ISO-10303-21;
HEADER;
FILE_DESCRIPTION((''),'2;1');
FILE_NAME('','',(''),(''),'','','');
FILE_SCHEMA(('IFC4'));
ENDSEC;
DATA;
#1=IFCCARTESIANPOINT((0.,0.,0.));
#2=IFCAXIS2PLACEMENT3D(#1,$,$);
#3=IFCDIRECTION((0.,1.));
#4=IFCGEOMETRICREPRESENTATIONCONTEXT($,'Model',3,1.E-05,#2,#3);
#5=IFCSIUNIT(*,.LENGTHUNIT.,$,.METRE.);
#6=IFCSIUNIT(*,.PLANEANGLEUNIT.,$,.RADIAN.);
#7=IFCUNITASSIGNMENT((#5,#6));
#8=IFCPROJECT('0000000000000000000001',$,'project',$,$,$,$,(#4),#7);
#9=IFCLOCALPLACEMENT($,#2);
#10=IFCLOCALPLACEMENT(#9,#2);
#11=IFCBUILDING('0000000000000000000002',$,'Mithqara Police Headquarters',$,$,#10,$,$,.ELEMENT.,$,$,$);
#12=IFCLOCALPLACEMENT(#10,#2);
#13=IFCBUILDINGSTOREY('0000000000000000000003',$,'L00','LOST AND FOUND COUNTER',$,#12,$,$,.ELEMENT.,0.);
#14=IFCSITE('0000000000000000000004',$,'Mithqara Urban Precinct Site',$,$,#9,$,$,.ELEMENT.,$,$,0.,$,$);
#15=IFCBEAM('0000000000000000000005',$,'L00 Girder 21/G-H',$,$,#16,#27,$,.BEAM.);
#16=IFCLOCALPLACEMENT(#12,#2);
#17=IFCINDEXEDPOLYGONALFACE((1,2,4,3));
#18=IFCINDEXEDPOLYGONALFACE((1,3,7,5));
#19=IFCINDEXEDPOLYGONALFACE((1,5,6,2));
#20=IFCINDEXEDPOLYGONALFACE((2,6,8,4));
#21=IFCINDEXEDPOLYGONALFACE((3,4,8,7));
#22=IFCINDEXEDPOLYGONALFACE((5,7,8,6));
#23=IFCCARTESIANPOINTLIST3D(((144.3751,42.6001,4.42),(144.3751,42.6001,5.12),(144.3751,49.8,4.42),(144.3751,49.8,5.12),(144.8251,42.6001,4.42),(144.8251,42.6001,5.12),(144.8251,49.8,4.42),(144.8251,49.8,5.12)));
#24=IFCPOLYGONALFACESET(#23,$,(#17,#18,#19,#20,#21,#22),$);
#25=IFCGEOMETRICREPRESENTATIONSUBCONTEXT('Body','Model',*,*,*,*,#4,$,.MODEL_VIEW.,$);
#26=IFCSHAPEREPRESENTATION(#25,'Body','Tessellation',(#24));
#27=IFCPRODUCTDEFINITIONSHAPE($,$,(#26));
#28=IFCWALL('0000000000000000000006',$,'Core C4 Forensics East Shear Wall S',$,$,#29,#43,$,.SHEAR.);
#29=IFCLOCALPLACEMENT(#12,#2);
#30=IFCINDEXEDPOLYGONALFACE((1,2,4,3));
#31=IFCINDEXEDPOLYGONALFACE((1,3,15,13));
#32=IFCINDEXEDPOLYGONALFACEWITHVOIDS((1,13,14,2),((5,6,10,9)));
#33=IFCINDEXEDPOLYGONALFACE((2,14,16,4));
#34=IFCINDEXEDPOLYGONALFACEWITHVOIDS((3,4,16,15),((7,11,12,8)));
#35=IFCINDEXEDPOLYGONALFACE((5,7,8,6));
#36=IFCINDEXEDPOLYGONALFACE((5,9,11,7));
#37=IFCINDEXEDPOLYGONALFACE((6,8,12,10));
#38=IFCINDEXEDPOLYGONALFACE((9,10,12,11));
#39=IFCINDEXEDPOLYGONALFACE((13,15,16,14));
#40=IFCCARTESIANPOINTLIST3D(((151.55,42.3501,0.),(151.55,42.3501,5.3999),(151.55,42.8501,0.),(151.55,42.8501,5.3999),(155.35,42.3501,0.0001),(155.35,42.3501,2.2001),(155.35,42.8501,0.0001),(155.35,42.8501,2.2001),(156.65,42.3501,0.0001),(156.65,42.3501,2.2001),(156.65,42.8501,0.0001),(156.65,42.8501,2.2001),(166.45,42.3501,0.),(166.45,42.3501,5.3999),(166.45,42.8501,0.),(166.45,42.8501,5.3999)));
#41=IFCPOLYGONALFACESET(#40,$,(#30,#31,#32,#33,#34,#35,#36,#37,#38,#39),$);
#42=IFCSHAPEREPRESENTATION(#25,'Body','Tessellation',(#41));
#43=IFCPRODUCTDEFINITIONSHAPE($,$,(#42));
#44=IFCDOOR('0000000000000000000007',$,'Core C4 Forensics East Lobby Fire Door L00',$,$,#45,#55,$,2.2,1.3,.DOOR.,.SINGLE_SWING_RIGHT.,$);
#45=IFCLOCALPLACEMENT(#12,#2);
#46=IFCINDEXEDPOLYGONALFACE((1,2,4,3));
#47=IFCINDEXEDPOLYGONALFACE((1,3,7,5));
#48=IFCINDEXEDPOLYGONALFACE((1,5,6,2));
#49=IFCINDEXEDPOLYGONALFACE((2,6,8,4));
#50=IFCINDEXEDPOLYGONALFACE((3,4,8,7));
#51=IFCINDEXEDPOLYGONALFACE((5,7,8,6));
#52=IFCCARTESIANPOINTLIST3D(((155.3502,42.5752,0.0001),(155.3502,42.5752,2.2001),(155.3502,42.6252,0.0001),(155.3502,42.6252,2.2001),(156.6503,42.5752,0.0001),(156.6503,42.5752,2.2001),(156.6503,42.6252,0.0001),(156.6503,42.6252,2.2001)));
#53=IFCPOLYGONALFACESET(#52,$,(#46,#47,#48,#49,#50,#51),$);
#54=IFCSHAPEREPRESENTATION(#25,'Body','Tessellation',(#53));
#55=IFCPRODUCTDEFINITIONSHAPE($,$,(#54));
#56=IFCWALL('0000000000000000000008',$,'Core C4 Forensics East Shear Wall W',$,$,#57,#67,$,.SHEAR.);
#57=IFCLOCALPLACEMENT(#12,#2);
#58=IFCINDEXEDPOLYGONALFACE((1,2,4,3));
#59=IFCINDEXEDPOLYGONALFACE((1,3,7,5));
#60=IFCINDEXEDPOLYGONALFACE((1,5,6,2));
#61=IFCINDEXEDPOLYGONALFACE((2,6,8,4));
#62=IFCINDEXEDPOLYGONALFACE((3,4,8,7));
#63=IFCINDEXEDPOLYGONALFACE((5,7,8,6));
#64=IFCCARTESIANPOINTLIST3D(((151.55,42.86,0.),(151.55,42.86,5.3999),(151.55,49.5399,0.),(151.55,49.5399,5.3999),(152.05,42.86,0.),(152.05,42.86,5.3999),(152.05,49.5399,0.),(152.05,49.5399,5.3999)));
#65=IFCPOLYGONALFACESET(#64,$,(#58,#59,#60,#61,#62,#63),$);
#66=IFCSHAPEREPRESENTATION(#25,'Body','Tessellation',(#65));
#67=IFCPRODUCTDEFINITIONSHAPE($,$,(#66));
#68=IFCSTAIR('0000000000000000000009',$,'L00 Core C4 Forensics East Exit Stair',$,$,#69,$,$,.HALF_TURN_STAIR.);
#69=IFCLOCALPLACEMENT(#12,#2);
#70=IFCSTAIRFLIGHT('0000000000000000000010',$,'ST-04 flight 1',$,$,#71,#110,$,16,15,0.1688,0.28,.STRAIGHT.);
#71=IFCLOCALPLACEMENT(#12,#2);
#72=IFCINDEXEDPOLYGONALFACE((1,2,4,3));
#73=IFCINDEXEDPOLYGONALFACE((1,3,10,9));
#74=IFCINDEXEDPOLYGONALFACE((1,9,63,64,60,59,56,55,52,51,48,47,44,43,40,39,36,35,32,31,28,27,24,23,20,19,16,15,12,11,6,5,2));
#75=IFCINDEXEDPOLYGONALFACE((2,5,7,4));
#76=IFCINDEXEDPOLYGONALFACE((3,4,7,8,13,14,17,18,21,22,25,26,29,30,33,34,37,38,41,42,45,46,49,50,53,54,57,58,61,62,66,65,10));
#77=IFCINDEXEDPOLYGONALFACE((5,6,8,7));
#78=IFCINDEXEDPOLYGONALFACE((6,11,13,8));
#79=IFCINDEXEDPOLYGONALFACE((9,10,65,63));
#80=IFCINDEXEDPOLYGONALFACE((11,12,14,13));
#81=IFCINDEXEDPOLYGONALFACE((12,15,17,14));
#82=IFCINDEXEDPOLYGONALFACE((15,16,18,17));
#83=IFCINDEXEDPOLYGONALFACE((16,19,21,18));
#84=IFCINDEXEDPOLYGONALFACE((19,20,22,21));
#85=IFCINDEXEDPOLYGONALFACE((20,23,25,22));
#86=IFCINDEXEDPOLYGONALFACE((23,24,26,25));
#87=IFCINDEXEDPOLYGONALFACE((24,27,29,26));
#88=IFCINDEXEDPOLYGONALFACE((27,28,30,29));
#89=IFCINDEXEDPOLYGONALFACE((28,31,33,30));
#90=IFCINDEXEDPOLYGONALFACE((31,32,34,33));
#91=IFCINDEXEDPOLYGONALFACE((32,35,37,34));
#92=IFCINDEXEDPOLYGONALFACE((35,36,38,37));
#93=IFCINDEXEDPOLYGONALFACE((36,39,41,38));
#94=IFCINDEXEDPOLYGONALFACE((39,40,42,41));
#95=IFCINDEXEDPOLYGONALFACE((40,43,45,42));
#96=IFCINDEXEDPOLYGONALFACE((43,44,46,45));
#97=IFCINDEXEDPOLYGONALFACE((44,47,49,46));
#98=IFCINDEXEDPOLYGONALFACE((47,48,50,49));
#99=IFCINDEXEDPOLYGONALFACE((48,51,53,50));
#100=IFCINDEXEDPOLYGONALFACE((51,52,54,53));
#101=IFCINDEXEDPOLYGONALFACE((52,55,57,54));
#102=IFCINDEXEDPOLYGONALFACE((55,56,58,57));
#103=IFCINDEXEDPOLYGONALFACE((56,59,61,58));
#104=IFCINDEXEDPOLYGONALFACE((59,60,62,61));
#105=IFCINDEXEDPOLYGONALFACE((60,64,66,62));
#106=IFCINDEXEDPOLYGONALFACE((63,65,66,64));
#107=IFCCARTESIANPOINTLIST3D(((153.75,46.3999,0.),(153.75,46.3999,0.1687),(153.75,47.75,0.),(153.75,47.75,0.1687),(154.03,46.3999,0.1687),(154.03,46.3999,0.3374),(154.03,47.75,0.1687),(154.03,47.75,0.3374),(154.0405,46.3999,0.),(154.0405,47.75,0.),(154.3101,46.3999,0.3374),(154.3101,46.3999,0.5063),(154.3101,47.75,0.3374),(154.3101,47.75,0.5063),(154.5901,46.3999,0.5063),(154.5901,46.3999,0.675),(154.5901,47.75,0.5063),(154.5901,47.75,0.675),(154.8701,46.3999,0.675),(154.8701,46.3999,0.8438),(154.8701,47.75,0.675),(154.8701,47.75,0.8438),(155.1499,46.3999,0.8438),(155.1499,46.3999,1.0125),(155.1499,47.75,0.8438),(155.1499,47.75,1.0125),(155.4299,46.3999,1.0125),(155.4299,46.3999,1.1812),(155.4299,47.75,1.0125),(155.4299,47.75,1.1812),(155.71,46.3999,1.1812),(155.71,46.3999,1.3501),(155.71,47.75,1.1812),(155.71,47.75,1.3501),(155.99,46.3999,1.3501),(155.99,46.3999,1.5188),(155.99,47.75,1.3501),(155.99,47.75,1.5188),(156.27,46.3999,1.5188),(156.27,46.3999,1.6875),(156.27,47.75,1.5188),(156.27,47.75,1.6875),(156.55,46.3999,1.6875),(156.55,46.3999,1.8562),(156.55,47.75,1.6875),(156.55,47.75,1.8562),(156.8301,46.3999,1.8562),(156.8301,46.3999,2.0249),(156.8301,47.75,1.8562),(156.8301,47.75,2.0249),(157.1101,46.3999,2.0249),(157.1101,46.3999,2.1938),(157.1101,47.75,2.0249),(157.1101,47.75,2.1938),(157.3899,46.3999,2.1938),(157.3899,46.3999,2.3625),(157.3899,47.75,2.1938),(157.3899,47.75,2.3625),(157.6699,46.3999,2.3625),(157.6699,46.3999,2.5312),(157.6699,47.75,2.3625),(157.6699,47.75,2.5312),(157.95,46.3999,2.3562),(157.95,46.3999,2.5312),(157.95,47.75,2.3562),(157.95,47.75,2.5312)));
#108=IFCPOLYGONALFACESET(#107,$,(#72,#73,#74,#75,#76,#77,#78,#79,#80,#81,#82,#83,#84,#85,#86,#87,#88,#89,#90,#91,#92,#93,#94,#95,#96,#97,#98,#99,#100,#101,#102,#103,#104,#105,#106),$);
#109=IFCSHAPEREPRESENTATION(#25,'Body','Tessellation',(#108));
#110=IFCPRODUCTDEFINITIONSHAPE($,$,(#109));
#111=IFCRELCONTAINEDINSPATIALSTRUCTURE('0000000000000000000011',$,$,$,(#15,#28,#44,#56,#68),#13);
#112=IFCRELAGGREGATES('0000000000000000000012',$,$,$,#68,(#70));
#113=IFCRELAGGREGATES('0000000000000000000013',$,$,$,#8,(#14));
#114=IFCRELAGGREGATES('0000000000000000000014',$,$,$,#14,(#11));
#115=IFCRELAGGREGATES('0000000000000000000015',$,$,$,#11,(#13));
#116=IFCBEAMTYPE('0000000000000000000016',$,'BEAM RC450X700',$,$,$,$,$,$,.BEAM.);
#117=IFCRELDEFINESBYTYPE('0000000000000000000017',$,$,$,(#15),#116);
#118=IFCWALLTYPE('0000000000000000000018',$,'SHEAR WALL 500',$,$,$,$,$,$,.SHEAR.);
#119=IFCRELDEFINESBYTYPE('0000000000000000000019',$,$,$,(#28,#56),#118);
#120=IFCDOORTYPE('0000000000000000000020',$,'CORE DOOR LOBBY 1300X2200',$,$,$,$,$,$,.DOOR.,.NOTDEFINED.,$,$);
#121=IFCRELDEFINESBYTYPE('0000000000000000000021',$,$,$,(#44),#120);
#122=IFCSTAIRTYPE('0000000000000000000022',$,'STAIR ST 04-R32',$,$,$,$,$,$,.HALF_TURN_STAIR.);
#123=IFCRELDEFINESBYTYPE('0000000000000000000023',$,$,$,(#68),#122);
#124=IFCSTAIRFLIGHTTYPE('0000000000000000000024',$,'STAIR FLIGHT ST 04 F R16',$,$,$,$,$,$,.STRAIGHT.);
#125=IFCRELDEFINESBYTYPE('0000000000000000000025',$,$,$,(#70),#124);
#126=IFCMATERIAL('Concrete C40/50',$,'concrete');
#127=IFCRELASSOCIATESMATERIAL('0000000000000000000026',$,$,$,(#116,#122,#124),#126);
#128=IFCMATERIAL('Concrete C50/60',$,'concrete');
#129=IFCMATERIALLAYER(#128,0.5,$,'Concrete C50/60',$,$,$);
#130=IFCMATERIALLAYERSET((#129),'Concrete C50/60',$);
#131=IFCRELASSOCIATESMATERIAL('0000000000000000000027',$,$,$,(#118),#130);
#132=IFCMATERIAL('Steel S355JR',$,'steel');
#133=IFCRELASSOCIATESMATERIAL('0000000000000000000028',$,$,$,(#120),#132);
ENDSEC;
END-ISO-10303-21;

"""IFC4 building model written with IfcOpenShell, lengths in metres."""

from ifc_helpers import new_model, si_unit, direction, frame, frame_2d, origin, origin_2d, place, context, subcontext, project, spatial, polyline, rectangle, outline, extrude, material, layer, layer_set, material_profile, profile_set, type_object, element, fill, aggregate, save


model = new_model("IFC4")

# Units and contexts
model_context = context("Model", 3, precision=1e-05, world=origin(), true_north=direction((0.0, 1.0)))
body_context = subcontext(model_context, "Body", "Model", "MODEL_VIEW")
ifc_project = project(units=[si_unit("LENGTHUNIT", "METRE"), si_unit("PLANEANGLEUNIT", "RADIAN")], contexts=[model_context])

# Site, building, storey
site_placement = place(None, origin())
site = spatial("IfcSite", under=ifc_project, at=site_placement, Name="Mithqara Urban Precinct Site", CompositionType="ELEMENT", RefElevation=0.0)
building_placement = place(site_placement, origin())
building = spatial("IfcBuilding", under=site, at=building_placement, Name="Mithqara Police Headquarters", CompositionType="ELEMENT")
storey_placement = place(building_placement, origin())
storey = spatial("IfcBuildingStorey", under=building, at=storey_placement, Name="L00", Description="LOST AND FOUND COUNTER", CompositionType="ELEMENT", Elevation=0.0)

# Shared definitions
ifc_material_1 = material(Name="Concrete C50/60", Category="concrete")

# Beam
ifc_material_2 = material(Name="Steel S355JR", Category="steel")
ifc_material_3 = material(Name="Concrete C40/50", Category="concrete")
ifc_material_profile_1 = material_profile(ifc_material_3, rectangle(XDim=0.45, YDim=0.7, at=origin_2d()), Name="RC 450x700")
ifc_profile_set_1 = profile_set([ifc_material_profile_1], Name="Concrete C40/50")
beam_type_1 = type_object("IfcBeamType", Name="BEAM RC450X700", PredefinedType="BEAM", material=ifc_profile_set_1)
beam_1_placement = place(storey_placement, frame((144.6001, 42.6001, 4.77), z_axis=(0.0, 1.0, 0.0), x_axis=(-1.0, 0.0, 0.0)))
element("IfcBeam", 1, at=beam_1_placement, inside=storey, type_object=beam_type_1, Name="L00 Girder 21/G-H", PredefinedType="BEAM", context=body_context, shape_type="SweptSolid", body=[
    extrude(rectangle(XDim=0.45, YDim=0.7, at=origin_2d()), origin(), (0.0, 0.0, 1.0), 7.2),
])

# Wall, opening, door
ifc_layer_1 = layer(ifc_material_1, 0.5, Name="Concrete C50/60")
ifc_layer_set_1 = layer_set([ifc_layer_1], Name="Concrete C50/60")
wall_type = type_object("IfcWallType", Name="SHEAR WALL 500", PredefinedType="SHEAR", material=ifc_layer_set_1)
wall_1_placement = place(storey_placement, frame((151.55, 42.6001, 0.0), z_axis=(0.0, 0.0, 1.0), x_axis=(1.0, 0.0, 0.0)))
wall_1 = element("IfcWall", 2, at=wall_1_placement, inside=storey, type_object=wall_type, Name="Core C4 Forensics East Shear Wall S", PredefinedType="SHEAR", context=body_context, shape_type="SweptSolid", body=[
    extrude(rectangle(XDim=14.8999, YDim=0.5, at=frame_2d((7.45, 0.0))), origin(), (0.0, 0.0, 1.0), 5.3999),
])
opening_1_placement = place(wall_1_placement, frame((3.8, 0.0, 0.0)))
opening_1 = element("IfcOpeningElement", 3, at=opening_1_placement, cuts=wall_1, PredefinedType="OPENING", context=body_context, shape_type="SweptSolid", body=[
    extrude(rectangle(XDim=1.3, YDim=2.2, at=frame_2d((0.6499, 1.1001))), frame((0.0, 0.26, 0.0), z_axis=(0.0, -1.0, 0.0), x_axis=(1.0, 0.0, 0.0)), (0.0, 0.0, 1.0), 0.52),
])
door_type_1 = type_object("IfcDoorType", Name="CORE DOOR LOBBY 1300X2200", OperationType="NOTDEFINED", PredefinedType="DOOR", material=ifc_material_2)
door_1_placement = place(opening_1_placement, frame((1.3, 0.0, 0.0), z_axis=(0.0, 0.0, 1.0), x_axis=(-1.0, 0.0, 0.0)))
door_1 = element("IfcDoor", 4, at=door_1_placement, inside=storey, type_object=door_type_1, Name="Core C4 Forensics East Lobby Fire Door L00", OperationType="SINGLE_SWING_RIGHT", OverallHeight=2.2, OverallWidth=1.3, PredefinedType="DOOR", context=body_context, shape_type="SweptSolid", body=[
    extrude(rectangle(XDim=1.3, YDim=2.2, at=frame_2d((0.6499, 1.1001))), frame((0.0, 0.0249, 0.0), z_axis=(0.0, -1.0, 0.0), x_axis=(1.0, 0.0, 0.0)), (0.0, 0.0, 1.0), 0.05),
])
fill(opening_1, door_1)

# Wall
wall_2_placement = place(storey_placement, frame((151.8, 42.8601, 0.0), z_axis=(0.0, 0.0, 1.0), x_axis=(0.0, 1.0, 0.0)))
element("IfcWall", 5, at=wall_2_placement, inside=storey, type_object=wall_type, Name="Core C4 Forensics East Shear Wall W", PredefinedType="SHEAR", context=body_context, shape_type="SweptSolid", body=[
    extrude(rectangle(XDim=6.6799, YDim=0.5, at=frame_2d((3.3398, 0.0))), origin(), (0.0, 0.0, 1.0), 5.3999),
])

# Stair, stair flight
stair_type = type_object("IfcStairType", Name="STAIR ST 04-R32", PredefinedType="HALF_TURN_STAIR", material=ifc_material_3)
stair_placement = place(storey_placement, origin())
stair = element("IfcStair", 6, at=stair_placement, inside=storey, type_object=stair_type, Name="L00 Core C4 Forensics East Exit Stair", PredefinedType="HALF_TURN_STAIR")
stair_flight_type = type_object("IfcStairFlightType", Name="STAIR FLIGHT ST 04 F R16", PredefinedType="STRAIGHT", material=ifc_material_3)
stair_flight_placement = place(storey_placement, frame((153.75, 47.075, 0.0), z_axis=(0.0, 0.0, 1.0), x_axis=(1.0, 0.0, 0.0)))
stair_flight = element("IfcStairFlight", 7, at=stair_flight_placement, type_object=stair_flight_type, Name="ST-04 flight 1", NumberOfRisers=16, NumberOfTreads=15, PredefinedType="STRAIGHT", RiserHeight=0.1688, TreadLength=0.28, context=body_context, shape_type="SweptSolid", body=[
    extrude(outline(polyline([(0.0, 0.0), (0.0, 0.1687), (0.28, 0.1687), (0.28, 0.3374), (0.5601, 0.3374), (0.5601, 0.5063), (0.8401, 0.5063), (0.8401, 0.675), (1.1201, 0.675), (1.1201, 0.8438), (1.3999, 0.8438), (1.3999, 1.0125), (1.6799, 1.0125), (1.6799, 1.1812), (1.96, 1.1812), (1.96, 1.3501), (2.24, 1.3501), (2.24, 1.5188), (2.52, 1.5188), (2.52, 1.6875), (2.8, 1.6875), (2.8, 1.8562), (3.0801, 1.8562), (3.0801, 2.0249), (3.3601, 2.0249), (3.3601, 2.1938), (3.6399, 2.1938), (3.6399, 2.3625), (3.9199, 2.3625), (3.9199, 2.5312), (4.2, 2.5312), (4.2, 2.7), (4.2, 2.3562), (0.2905, 0.0), (0.0, 0.0)])), frame((0.0, 0.675, 0.0), z_axis=(0.0, -1.0, 0.0), x_axis=(1.0, 0.0, 0.0)), (0.0, 0.0, 1.0), 1.3501),
])
aggregate(stair, [stair_flight])

save(model, "model.ifc")
